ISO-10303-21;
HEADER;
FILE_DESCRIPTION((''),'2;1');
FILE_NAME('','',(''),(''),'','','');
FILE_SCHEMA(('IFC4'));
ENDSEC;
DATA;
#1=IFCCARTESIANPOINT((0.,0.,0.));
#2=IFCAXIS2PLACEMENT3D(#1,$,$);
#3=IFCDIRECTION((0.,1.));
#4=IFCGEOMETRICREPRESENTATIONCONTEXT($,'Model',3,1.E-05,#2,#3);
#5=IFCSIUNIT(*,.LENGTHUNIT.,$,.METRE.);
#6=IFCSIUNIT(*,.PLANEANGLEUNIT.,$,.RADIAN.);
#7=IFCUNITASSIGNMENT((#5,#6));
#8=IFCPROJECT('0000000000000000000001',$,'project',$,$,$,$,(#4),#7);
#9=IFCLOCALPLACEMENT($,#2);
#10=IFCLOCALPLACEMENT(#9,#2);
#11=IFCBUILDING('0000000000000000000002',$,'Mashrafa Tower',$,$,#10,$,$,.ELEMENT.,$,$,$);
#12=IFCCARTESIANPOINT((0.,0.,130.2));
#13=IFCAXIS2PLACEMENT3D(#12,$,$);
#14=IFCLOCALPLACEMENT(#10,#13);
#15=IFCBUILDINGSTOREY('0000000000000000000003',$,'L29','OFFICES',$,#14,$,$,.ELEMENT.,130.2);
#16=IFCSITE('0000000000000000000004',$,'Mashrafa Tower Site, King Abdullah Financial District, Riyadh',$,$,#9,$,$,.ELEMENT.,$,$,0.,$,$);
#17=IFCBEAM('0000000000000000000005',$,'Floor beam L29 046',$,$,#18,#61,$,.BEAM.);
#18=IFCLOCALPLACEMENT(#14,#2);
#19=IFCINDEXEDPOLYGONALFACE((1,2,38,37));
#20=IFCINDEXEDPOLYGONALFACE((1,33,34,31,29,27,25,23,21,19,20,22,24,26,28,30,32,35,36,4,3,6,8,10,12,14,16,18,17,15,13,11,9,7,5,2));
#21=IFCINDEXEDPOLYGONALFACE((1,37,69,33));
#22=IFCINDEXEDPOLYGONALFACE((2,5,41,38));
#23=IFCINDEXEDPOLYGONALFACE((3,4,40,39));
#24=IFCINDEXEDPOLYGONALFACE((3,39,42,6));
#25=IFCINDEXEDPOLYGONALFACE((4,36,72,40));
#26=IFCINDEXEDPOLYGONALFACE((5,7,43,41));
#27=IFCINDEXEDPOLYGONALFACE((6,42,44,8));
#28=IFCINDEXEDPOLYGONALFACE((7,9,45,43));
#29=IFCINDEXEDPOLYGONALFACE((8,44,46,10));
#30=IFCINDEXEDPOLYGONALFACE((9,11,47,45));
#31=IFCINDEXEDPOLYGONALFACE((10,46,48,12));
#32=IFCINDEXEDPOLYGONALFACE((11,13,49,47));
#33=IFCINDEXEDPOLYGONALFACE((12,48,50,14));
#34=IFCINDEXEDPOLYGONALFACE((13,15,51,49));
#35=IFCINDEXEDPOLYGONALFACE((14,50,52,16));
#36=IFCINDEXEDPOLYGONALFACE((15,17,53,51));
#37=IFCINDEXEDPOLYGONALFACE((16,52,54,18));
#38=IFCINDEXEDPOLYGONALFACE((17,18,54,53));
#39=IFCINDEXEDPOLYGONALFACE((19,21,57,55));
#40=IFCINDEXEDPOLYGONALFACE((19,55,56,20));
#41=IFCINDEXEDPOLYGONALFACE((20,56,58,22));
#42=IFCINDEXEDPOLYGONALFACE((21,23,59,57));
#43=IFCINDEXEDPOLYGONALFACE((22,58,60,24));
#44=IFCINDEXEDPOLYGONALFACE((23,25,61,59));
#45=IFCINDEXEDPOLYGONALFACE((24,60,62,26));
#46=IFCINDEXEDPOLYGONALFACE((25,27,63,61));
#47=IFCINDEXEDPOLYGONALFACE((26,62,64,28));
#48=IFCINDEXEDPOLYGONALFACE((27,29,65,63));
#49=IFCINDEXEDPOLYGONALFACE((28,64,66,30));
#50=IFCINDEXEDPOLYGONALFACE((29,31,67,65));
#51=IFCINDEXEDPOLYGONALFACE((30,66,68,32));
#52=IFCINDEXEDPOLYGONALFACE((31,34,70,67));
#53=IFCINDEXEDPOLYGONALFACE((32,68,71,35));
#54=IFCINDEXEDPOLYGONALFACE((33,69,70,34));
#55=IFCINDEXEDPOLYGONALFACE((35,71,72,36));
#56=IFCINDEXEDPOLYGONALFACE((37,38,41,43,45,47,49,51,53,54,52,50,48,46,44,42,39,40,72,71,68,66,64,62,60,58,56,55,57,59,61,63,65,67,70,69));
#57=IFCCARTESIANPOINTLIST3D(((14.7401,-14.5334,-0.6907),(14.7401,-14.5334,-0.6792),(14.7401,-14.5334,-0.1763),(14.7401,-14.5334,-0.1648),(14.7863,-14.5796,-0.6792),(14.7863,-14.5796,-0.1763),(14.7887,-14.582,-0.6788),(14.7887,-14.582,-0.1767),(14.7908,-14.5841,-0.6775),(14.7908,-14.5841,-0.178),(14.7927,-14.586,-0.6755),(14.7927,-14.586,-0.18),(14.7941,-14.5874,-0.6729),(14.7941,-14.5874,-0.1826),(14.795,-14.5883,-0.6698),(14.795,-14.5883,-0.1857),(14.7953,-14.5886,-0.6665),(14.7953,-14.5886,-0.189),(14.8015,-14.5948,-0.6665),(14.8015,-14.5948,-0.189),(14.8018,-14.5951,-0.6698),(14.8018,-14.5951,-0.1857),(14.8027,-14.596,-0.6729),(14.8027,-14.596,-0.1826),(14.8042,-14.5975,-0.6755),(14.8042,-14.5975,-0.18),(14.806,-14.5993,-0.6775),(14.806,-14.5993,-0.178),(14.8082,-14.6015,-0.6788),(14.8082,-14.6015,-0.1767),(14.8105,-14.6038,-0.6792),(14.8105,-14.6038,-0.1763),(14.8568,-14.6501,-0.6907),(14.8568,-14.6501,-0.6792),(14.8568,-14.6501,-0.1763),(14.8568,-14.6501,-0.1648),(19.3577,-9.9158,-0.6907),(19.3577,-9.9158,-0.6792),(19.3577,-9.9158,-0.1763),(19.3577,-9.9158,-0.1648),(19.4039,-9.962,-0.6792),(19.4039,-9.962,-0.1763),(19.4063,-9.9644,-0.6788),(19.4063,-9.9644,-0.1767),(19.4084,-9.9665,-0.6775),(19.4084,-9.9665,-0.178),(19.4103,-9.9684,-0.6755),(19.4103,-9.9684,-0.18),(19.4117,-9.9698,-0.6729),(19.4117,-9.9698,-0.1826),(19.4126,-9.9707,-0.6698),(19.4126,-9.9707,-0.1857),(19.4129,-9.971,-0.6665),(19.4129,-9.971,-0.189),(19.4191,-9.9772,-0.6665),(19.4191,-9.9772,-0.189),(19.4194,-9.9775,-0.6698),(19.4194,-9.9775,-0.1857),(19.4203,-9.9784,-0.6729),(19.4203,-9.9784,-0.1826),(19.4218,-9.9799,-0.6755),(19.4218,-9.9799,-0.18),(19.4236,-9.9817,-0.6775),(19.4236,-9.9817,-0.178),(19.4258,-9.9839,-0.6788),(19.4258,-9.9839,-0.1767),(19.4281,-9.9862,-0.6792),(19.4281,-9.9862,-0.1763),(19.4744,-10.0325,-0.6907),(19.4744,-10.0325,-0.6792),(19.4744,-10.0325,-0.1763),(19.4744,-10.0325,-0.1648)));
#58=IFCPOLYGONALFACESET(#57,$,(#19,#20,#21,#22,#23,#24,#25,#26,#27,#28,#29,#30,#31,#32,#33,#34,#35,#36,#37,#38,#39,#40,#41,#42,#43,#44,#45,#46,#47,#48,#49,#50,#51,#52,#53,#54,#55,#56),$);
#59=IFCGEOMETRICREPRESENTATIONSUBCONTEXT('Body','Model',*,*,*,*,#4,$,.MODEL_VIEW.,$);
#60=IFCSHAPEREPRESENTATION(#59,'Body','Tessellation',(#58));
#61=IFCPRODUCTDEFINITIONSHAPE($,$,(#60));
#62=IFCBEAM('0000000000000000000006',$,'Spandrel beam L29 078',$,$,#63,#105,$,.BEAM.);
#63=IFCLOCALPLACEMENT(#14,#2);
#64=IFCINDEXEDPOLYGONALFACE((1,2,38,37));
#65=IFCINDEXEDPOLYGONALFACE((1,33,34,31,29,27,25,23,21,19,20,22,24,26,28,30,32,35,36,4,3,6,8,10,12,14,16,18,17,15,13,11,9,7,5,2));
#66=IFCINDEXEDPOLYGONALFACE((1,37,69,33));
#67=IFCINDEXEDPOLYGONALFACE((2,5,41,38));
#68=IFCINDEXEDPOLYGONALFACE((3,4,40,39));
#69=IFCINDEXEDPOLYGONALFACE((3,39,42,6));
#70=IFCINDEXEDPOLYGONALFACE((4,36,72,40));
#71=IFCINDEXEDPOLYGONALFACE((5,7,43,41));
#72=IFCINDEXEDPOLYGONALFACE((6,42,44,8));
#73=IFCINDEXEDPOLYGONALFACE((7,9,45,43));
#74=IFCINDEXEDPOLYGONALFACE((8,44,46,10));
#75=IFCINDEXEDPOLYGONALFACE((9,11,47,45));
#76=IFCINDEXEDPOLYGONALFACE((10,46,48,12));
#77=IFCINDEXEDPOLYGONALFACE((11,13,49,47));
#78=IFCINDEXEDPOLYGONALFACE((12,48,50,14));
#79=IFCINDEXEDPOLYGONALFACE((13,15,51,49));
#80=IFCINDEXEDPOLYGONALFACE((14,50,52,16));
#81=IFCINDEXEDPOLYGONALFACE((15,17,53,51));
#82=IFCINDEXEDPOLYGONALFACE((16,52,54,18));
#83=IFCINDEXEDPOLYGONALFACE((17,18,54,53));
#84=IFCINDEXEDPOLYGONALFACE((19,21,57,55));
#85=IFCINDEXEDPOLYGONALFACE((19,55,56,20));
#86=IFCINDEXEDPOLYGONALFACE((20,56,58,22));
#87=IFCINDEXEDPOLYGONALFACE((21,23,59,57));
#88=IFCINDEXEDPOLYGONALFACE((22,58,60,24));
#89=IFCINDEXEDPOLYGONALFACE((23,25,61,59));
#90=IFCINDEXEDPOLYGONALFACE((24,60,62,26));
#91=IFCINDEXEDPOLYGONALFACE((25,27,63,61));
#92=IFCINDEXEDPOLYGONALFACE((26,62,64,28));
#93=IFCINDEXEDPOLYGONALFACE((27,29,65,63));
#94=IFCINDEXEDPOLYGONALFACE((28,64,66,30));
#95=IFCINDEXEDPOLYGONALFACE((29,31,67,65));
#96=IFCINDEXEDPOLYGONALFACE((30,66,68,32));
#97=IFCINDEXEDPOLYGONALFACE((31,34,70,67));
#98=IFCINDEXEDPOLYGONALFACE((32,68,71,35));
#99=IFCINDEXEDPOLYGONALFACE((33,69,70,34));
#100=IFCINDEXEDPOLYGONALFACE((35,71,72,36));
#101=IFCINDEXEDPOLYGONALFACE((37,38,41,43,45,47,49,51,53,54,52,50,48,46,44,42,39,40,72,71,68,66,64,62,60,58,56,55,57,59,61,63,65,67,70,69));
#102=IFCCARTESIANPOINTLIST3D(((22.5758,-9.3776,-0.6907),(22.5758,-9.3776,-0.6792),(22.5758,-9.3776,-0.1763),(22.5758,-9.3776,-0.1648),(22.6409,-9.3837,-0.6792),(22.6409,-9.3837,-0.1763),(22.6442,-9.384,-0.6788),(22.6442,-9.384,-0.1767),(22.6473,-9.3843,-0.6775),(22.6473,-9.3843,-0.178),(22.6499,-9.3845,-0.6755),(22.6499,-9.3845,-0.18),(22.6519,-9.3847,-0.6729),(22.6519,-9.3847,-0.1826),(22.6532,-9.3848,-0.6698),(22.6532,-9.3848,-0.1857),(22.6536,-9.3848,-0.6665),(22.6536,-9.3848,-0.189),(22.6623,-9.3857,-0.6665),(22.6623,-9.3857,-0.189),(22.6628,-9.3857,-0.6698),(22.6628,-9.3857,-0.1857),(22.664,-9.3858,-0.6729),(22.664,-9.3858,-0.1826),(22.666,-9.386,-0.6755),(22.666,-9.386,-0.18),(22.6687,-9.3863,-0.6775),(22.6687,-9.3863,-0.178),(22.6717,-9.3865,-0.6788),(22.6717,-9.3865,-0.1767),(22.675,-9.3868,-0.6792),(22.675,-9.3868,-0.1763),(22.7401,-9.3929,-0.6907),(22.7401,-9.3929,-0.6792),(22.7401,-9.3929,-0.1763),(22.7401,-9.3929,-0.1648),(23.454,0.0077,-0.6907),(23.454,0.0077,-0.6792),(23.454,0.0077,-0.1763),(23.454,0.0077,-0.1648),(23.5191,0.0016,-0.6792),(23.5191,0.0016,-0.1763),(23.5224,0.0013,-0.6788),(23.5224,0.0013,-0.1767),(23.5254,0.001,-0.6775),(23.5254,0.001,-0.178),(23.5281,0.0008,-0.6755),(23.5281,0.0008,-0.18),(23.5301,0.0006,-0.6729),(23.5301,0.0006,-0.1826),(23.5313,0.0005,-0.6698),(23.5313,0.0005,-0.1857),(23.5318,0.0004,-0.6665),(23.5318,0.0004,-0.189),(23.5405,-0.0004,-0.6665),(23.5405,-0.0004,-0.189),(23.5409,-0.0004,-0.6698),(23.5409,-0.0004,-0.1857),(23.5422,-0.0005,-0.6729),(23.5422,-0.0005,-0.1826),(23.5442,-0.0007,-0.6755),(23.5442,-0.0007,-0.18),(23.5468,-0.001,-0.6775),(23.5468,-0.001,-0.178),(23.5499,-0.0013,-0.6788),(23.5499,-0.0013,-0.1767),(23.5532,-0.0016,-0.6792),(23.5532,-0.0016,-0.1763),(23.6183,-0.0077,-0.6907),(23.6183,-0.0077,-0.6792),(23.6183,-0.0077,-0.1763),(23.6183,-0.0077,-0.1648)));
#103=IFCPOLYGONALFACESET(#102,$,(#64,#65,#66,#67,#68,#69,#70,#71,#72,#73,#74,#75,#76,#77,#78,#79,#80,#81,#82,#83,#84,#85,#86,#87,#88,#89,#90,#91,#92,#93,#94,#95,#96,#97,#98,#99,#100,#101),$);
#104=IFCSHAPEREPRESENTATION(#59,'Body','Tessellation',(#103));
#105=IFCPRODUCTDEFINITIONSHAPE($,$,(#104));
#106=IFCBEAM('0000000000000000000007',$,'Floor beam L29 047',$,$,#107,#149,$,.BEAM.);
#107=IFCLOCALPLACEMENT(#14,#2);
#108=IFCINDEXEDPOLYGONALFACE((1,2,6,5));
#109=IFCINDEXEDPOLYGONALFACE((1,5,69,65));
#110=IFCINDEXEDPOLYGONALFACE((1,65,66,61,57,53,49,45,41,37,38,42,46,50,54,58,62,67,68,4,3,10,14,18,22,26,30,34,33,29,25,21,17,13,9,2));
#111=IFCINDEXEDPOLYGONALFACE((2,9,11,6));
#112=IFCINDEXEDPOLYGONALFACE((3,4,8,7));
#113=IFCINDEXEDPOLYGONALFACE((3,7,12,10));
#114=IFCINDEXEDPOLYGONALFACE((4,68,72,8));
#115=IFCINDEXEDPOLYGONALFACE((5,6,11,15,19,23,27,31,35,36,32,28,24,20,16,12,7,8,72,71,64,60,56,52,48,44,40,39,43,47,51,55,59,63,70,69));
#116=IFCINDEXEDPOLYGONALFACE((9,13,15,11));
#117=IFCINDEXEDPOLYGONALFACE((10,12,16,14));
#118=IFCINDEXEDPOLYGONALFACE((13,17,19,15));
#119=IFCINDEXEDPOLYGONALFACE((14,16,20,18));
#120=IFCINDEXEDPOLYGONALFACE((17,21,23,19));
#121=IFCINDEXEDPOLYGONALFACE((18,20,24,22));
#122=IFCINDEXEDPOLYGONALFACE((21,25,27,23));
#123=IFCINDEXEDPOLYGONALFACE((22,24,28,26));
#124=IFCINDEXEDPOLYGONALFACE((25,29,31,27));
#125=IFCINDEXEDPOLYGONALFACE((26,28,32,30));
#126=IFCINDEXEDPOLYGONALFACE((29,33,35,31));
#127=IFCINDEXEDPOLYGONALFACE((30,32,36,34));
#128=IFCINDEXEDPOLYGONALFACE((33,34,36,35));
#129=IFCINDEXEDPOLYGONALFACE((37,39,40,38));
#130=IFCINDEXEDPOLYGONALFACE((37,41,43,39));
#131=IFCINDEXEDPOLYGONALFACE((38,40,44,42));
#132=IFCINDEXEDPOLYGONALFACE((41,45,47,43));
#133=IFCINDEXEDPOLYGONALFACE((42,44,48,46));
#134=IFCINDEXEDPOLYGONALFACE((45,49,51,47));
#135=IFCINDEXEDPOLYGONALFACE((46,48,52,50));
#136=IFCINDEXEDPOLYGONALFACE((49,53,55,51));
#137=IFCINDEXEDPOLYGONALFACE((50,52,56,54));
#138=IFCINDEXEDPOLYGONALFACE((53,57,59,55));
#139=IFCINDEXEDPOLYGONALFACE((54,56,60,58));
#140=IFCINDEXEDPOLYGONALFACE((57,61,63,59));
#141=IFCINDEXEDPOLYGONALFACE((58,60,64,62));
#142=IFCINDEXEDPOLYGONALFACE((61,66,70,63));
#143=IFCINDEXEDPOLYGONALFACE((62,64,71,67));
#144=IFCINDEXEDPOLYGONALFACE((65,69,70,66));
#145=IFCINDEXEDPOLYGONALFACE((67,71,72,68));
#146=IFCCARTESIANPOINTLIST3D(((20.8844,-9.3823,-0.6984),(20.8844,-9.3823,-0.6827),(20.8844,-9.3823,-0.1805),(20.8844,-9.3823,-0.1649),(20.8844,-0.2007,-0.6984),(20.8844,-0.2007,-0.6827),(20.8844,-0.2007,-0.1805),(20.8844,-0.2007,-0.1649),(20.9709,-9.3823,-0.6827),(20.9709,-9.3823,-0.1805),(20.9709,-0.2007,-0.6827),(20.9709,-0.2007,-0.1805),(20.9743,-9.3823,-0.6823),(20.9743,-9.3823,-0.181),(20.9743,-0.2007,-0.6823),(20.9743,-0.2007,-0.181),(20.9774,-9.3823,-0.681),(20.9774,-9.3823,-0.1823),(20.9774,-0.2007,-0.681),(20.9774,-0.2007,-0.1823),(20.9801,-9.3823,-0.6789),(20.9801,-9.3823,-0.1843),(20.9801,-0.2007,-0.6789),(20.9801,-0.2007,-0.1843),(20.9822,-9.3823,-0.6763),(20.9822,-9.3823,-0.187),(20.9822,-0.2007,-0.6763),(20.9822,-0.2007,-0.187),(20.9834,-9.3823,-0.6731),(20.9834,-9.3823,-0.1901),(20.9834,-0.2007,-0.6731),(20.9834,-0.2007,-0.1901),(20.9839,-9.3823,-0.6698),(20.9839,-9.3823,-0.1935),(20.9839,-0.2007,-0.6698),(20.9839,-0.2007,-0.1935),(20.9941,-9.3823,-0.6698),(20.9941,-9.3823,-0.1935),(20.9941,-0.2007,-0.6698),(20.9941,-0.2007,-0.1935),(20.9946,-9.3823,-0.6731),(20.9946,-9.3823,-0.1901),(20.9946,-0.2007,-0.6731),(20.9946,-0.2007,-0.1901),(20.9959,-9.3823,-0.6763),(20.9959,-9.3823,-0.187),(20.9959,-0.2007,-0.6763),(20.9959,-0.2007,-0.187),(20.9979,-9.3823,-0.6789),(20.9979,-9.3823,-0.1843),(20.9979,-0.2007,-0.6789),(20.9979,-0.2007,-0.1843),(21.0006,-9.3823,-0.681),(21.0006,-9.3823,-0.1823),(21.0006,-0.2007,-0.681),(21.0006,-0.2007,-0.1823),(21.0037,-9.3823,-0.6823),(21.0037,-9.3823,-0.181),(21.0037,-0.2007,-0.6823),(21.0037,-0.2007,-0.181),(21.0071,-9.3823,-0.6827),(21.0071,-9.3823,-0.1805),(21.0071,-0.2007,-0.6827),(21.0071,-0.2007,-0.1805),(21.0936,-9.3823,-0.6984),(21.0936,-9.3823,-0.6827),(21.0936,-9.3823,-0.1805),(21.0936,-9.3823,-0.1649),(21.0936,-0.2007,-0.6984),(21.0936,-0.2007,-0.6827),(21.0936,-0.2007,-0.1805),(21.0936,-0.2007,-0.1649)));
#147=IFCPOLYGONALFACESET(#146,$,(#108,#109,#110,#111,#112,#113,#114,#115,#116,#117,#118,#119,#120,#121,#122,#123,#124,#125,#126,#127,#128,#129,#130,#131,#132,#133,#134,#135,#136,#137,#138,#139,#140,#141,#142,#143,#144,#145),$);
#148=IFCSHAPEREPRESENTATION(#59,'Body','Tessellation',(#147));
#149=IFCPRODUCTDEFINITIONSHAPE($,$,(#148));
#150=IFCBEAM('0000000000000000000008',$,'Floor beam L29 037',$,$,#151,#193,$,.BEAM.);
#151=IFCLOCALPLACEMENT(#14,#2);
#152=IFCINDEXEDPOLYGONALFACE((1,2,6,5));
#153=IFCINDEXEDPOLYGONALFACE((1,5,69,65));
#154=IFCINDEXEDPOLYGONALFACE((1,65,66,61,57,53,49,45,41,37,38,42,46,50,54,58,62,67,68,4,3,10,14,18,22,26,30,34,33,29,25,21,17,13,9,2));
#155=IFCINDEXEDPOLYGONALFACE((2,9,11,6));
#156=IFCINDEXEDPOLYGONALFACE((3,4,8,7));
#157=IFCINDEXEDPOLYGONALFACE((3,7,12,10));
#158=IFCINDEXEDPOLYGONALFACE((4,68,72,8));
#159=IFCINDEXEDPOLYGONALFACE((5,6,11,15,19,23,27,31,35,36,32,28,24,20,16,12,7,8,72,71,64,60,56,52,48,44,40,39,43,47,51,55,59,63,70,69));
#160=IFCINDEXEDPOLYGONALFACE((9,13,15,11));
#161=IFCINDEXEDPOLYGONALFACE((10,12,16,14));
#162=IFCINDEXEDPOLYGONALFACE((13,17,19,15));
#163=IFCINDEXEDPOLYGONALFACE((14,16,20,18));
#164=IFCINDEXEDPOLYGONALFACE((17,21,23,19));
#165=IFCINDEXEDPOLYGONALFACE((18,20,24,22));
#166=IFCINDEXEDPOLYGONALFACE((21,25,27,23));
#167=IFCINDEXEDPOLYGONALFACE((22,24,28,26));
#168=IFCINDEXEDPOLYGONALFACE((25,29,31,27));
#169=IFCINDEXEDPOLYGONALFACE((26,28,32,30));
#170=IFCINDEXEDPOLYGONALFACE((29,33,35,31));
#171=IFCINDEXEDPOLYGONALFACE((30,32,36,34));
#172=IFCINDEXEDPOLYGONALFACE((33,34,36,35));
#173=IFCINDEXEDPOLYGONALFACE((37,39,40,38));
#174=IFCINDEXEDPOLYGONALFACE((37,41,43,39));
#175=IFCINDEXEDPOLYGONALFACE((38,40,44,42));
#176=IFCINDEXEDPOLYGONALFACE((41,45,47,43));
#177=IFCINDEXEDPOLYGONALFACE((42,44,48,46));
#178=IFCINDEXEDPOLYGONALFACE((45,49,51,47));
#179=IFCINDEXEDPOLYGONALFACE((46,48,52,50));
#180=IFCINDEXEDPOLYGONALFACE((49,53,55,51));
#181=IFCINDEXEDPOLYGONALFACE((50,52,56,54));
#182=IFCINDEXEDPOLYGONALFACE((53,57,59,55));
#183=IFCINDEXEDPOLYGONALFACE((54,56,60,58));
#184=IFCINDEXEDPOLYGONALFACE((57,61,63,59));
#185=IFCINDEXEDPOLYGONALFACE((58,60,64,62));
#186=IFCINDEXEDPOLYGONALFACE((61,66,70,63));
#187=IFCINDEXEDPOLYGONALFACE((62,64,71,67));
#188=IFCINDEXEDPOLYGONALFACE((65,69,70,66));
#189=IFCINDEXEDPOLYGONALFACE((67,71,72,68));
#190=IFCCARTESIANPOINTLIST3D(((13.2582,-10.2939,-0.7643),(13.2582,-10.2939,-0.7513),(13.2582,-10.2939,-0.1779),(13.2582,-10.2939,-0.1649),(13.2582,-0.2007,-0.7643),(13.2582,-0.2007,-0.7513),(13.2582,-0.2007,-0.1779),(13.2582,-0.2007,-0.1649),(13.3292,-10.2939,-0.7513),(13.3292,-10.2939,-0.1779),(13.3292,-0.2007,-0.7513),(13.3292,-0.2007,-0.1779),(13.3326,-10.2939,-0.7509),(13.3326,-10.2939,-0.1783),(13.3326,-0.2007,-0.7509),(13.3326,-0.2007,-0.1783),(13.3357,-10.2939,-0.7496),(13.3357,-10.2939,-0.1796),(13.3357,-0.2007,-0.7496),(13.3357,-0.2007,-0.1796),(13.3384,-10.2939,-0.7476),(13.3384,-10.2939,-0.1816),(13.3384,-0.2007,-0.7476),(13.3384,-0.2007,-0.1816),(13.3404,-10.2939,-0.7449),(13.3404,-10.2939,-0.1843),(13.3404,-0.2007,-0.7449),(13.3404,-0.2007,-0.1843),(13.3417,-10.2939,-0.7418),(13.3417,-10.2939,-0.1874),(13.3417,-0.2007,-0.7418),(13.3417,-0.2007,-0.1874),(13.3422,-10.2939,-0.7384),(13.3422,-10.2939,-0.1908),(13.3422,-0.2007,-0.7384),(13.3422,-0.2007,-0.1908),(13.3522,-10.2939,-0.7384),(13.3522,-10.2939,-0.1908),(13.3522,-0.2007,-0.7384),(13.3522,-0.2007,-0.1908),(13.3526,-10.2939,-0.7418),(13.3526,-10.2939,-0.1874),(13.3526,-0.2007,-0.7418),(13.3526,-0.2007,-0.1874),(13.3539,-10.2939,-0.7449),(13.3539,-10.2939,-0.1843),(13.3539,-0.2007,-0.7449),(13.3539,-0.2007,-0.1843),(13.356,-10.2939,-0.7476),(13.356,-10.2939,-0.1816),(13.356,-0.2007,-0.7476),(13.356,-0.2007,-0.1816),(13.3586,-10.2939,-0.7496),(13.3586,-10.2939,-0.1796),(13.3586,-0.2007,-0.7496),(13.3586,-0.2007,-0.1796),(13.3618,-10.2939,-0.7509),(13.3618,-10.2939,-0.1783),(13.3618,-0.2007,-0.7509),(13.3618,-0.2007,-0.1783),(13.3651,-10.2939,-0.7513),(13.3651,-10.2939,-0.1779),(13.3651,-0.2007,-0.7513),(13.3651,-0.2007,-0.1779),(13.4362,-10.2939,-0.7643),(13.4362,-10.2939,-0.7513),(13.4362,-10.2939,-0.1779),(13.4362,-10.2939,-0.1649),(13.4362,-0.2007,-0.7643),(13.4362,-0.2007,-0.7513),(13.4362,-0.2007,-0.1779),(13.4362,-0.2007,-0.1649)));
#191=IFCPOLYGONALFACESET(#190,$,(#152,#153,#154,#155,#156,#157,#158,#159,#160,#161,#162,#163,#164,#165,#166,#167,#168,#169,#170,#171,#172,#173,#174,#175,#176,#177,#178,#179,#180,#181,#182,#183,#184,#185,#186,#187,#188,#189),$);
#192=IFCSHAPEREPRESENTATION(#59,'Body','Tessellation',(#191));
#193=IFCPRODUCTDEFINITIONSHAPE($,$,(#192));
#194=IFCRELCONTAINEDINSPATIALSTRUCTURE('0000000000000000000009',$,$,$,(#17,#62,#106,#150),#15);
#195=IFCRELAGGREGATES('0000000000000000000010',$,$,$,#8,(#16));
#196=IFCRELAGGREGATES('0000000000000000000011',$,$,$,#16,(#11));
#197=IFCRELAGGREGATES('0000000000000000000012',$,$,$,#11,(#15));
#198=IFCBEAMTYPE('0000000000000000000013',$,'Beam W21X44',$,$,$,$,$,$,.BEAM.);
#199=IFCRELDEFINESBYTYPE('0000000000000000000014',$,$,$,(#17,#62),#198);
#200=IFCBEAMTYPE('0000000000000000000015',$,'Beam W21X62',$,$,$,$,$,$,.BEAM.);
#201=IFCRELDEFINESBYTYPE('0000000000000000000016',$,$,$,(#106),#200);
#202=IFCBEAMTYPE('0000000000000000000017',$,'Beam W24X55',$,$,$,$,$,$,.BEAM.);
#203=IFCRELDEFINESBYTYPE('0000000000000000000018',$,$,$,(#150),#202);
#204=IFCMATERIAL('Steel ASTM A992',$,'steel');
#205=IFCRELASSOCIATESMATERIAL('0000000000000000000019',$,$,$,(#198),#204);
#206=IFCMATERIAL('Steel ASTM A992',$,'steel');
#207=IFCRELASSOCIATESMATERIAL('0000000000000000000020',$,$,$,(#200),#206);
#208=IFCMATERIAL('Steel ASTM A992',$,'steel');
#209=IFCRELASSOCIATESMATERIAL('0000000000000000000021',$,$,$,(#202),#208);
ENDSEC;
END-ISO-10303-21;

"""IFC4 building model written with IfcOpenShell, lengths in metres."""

from ifc_helpers import new_model, si_unit, direction, frame, origin, origin_2d, place, context, subcontext, project, spatial, i_section, extrude, material, material_profile, profile_set, type_object, element, save


model = new_model("IFC4")

# Units and contexts
model_context = context("Model", 3, precision=1e-05, world=origin(), true_north=direction((0.0, 1.0)))
body_context = subcontext(model_context, "Body", "Model", "MODEL_VIEW")
ifc_project = project(units=[si_unit("LENGTHUNIT", "METRE"), si_unit("PLANEANGLEUNIT", "RADIAN")], contexts=[model_context])

# Site, building, storey
site_placement = place(None, origin())
site = spatial("IfcSite", under=ifc_project, at=site_placement, Name="Mashrafa Tower Site, King Abdullah Financial District, Riyadh", CompositionType="ELEMENT", RefElevation=0.0)
building_placement = place(site_placement, origin())
building = spatial("IfcBuilding", under=site, at=building_placement, Name="Mashrafa Tower", CompositionType="ELEMENT")
storey_placement = place(building_placement, frame((0.0, 0.0, 130.2)))
storey = spatial("IfcBuildingStorey", under=building, at=storey_placement, Name="L29", Description="OFFICES", CompositionType="ELEMENT", Elevation=130.2)

# Beams
ifc_material_1 = material(Name="Steel ASTM A992", Category="steel")
ifc_material_profile_1 = material_profile(ifc_material_1, i_section(OverallWidth=0.165, OverallDepth=0.5259, WebThickness=0.0088, FlangeThickness=0.0115, FilletRadius=0.0127, at=origin_2d()), Name="W21X44")
ifc_profile_set_1 = profile_set([ifc_material_profile_1], Name="Steel ASTM A992")
beam_type_1 = type_object("IfcBeamType", Name="Beam W21X44", PredefinedType="BEAM", material=ifc_profile_set_1)
beam_1_placement = place(storey_placement, frame((19.416, -9.9741, -0.4277), z_axis=(-0.707107, -0.707107, 0.0), x_axis=(0.707107, -0.707107, 0.0)))
element("IfcBeam", 1, at=beam_1_placement, inside=storey, type_object=beam_type_1, Name="Floor beam L29 046", PredefinedType="BEAM", context=body_context, shape_type="SweptSolid", body=[
    extrude(i_section(OverallWidth=0.165, OverallDepth=0.5259, WebThickness=0.0088, FlangeThickness=0.0115, FilletRadius=0.0127, at=origin_2d()), origin(), (0.0, 0.0, 1.0), 6.5303),
])
beam_2_placement = place(storey_placement, frame((22.658, -9.3853, -0.4277), z_axis=(0.093163, 0.995651, 0.0), x_axis=(-0.995651, 0.093163, 0.0)))
element("IfcBeam", 2, at=beam_2_placement, inside=storey, type_object=beam_type_1, Name="Spandrel beam L29 078", PredefinedType="BEAM", context=body_context, shape_type="SweptSolid", body=[
    extrude(i_section(OverallWidth=0.165, OverallDepth=0.5259, WebThickness=0.0088, FlangeThickness=0.0115, FilletRadius=0.0127, at=origin_2d()), origin(), (0.0, 0.0, 1.0), 9.4263),
])
ifc_material_2 = material(Name="Steel ASTM A992", Category="steel")
ifc_material_profile_2 = material_profile(ifc_material_2, i_section(OverallWidth=0.2092, OverallDepth=0.5334, WebThickness=0.0103, FlangeThickness=0.0156, FilletRadius=0.0129, at=origin_2d()), Name="W21X62")
ifc_profile_set_2 = profile_set([ifc_material_profile_2], Name="Steel ASTM A992")
beam_type_2 = type_object("IfcBeamType", Name="Beam W21X62", PredefinedType="BEAM", material=ifc_profile_set_2)
beam_3_placement = place(storey_placement, frame((20.989, -0.2007, -0.4316), z_axis=(0.0, -1.0, 0.0), x_axis=(1.0, 0.0, 0.0)))
element("IfcBeam", 3, at=beam_3_placement, inside=storey, type_object=beam_type_2, Name="Floor beam L29 047", PredefinedType="BEAM", context=body_context, shape_type="SweptSolid", body=[
    extrude(i_section(OverallWidth=0.2092, OverallDepth=0.5334, WebThickness=0.0103, FlangeThickness=0.0156, FilletRadius=0.0129, at=origin_2d()), origin(), (0.0, 0.0, 1.0), 9.1816),
])
ifc_material_3 = material(Name="Steel ASTM A992", Category="steel")
ifc_material_profile_3 = material_profile(ifc_material_3, i_section(OverallWidth=0.178, OverallDepth=0.5994, WebThickness=0.01, FlangeThickness=0.0129, FilletRadius=0.0129, at=origin_2d()), Name="W24X55")
ifc_profile_set_3 = profile_set([ifc_material_profile_3], Name="Steel ASTM A992")
beam_type_3 = type_object("IfcBeamType", Name="Beam W24X55", PredefinedType="BEAM", material=ifc_profile_set_3)
beam_4_placement = place(storey_placement, frame((13.3472, -0.2007, -0.4646), z_axis=(0.0, -1.0, 0.0), x_axis=(1.0, 0.0, 0.0)))
element("IfcBeam", 4, at=beam_4_placement, inside=storey, type_object=beam_type_3, Name="Floor beam L29 037", PredefinedType="BEAM", context=body_context, shape_type="SweptSolid", body=[
    extrude(i_section(OverallWidth=0.178, OverallDepth=0.5994, WebThickness=0.01, FlangeThickness=0.0129, FilletRadius=0.0129, at=origin_2d()), origin(), (0.0, 0.0, 1.0), 10.0933),
])

save(model, "model.ifc")
